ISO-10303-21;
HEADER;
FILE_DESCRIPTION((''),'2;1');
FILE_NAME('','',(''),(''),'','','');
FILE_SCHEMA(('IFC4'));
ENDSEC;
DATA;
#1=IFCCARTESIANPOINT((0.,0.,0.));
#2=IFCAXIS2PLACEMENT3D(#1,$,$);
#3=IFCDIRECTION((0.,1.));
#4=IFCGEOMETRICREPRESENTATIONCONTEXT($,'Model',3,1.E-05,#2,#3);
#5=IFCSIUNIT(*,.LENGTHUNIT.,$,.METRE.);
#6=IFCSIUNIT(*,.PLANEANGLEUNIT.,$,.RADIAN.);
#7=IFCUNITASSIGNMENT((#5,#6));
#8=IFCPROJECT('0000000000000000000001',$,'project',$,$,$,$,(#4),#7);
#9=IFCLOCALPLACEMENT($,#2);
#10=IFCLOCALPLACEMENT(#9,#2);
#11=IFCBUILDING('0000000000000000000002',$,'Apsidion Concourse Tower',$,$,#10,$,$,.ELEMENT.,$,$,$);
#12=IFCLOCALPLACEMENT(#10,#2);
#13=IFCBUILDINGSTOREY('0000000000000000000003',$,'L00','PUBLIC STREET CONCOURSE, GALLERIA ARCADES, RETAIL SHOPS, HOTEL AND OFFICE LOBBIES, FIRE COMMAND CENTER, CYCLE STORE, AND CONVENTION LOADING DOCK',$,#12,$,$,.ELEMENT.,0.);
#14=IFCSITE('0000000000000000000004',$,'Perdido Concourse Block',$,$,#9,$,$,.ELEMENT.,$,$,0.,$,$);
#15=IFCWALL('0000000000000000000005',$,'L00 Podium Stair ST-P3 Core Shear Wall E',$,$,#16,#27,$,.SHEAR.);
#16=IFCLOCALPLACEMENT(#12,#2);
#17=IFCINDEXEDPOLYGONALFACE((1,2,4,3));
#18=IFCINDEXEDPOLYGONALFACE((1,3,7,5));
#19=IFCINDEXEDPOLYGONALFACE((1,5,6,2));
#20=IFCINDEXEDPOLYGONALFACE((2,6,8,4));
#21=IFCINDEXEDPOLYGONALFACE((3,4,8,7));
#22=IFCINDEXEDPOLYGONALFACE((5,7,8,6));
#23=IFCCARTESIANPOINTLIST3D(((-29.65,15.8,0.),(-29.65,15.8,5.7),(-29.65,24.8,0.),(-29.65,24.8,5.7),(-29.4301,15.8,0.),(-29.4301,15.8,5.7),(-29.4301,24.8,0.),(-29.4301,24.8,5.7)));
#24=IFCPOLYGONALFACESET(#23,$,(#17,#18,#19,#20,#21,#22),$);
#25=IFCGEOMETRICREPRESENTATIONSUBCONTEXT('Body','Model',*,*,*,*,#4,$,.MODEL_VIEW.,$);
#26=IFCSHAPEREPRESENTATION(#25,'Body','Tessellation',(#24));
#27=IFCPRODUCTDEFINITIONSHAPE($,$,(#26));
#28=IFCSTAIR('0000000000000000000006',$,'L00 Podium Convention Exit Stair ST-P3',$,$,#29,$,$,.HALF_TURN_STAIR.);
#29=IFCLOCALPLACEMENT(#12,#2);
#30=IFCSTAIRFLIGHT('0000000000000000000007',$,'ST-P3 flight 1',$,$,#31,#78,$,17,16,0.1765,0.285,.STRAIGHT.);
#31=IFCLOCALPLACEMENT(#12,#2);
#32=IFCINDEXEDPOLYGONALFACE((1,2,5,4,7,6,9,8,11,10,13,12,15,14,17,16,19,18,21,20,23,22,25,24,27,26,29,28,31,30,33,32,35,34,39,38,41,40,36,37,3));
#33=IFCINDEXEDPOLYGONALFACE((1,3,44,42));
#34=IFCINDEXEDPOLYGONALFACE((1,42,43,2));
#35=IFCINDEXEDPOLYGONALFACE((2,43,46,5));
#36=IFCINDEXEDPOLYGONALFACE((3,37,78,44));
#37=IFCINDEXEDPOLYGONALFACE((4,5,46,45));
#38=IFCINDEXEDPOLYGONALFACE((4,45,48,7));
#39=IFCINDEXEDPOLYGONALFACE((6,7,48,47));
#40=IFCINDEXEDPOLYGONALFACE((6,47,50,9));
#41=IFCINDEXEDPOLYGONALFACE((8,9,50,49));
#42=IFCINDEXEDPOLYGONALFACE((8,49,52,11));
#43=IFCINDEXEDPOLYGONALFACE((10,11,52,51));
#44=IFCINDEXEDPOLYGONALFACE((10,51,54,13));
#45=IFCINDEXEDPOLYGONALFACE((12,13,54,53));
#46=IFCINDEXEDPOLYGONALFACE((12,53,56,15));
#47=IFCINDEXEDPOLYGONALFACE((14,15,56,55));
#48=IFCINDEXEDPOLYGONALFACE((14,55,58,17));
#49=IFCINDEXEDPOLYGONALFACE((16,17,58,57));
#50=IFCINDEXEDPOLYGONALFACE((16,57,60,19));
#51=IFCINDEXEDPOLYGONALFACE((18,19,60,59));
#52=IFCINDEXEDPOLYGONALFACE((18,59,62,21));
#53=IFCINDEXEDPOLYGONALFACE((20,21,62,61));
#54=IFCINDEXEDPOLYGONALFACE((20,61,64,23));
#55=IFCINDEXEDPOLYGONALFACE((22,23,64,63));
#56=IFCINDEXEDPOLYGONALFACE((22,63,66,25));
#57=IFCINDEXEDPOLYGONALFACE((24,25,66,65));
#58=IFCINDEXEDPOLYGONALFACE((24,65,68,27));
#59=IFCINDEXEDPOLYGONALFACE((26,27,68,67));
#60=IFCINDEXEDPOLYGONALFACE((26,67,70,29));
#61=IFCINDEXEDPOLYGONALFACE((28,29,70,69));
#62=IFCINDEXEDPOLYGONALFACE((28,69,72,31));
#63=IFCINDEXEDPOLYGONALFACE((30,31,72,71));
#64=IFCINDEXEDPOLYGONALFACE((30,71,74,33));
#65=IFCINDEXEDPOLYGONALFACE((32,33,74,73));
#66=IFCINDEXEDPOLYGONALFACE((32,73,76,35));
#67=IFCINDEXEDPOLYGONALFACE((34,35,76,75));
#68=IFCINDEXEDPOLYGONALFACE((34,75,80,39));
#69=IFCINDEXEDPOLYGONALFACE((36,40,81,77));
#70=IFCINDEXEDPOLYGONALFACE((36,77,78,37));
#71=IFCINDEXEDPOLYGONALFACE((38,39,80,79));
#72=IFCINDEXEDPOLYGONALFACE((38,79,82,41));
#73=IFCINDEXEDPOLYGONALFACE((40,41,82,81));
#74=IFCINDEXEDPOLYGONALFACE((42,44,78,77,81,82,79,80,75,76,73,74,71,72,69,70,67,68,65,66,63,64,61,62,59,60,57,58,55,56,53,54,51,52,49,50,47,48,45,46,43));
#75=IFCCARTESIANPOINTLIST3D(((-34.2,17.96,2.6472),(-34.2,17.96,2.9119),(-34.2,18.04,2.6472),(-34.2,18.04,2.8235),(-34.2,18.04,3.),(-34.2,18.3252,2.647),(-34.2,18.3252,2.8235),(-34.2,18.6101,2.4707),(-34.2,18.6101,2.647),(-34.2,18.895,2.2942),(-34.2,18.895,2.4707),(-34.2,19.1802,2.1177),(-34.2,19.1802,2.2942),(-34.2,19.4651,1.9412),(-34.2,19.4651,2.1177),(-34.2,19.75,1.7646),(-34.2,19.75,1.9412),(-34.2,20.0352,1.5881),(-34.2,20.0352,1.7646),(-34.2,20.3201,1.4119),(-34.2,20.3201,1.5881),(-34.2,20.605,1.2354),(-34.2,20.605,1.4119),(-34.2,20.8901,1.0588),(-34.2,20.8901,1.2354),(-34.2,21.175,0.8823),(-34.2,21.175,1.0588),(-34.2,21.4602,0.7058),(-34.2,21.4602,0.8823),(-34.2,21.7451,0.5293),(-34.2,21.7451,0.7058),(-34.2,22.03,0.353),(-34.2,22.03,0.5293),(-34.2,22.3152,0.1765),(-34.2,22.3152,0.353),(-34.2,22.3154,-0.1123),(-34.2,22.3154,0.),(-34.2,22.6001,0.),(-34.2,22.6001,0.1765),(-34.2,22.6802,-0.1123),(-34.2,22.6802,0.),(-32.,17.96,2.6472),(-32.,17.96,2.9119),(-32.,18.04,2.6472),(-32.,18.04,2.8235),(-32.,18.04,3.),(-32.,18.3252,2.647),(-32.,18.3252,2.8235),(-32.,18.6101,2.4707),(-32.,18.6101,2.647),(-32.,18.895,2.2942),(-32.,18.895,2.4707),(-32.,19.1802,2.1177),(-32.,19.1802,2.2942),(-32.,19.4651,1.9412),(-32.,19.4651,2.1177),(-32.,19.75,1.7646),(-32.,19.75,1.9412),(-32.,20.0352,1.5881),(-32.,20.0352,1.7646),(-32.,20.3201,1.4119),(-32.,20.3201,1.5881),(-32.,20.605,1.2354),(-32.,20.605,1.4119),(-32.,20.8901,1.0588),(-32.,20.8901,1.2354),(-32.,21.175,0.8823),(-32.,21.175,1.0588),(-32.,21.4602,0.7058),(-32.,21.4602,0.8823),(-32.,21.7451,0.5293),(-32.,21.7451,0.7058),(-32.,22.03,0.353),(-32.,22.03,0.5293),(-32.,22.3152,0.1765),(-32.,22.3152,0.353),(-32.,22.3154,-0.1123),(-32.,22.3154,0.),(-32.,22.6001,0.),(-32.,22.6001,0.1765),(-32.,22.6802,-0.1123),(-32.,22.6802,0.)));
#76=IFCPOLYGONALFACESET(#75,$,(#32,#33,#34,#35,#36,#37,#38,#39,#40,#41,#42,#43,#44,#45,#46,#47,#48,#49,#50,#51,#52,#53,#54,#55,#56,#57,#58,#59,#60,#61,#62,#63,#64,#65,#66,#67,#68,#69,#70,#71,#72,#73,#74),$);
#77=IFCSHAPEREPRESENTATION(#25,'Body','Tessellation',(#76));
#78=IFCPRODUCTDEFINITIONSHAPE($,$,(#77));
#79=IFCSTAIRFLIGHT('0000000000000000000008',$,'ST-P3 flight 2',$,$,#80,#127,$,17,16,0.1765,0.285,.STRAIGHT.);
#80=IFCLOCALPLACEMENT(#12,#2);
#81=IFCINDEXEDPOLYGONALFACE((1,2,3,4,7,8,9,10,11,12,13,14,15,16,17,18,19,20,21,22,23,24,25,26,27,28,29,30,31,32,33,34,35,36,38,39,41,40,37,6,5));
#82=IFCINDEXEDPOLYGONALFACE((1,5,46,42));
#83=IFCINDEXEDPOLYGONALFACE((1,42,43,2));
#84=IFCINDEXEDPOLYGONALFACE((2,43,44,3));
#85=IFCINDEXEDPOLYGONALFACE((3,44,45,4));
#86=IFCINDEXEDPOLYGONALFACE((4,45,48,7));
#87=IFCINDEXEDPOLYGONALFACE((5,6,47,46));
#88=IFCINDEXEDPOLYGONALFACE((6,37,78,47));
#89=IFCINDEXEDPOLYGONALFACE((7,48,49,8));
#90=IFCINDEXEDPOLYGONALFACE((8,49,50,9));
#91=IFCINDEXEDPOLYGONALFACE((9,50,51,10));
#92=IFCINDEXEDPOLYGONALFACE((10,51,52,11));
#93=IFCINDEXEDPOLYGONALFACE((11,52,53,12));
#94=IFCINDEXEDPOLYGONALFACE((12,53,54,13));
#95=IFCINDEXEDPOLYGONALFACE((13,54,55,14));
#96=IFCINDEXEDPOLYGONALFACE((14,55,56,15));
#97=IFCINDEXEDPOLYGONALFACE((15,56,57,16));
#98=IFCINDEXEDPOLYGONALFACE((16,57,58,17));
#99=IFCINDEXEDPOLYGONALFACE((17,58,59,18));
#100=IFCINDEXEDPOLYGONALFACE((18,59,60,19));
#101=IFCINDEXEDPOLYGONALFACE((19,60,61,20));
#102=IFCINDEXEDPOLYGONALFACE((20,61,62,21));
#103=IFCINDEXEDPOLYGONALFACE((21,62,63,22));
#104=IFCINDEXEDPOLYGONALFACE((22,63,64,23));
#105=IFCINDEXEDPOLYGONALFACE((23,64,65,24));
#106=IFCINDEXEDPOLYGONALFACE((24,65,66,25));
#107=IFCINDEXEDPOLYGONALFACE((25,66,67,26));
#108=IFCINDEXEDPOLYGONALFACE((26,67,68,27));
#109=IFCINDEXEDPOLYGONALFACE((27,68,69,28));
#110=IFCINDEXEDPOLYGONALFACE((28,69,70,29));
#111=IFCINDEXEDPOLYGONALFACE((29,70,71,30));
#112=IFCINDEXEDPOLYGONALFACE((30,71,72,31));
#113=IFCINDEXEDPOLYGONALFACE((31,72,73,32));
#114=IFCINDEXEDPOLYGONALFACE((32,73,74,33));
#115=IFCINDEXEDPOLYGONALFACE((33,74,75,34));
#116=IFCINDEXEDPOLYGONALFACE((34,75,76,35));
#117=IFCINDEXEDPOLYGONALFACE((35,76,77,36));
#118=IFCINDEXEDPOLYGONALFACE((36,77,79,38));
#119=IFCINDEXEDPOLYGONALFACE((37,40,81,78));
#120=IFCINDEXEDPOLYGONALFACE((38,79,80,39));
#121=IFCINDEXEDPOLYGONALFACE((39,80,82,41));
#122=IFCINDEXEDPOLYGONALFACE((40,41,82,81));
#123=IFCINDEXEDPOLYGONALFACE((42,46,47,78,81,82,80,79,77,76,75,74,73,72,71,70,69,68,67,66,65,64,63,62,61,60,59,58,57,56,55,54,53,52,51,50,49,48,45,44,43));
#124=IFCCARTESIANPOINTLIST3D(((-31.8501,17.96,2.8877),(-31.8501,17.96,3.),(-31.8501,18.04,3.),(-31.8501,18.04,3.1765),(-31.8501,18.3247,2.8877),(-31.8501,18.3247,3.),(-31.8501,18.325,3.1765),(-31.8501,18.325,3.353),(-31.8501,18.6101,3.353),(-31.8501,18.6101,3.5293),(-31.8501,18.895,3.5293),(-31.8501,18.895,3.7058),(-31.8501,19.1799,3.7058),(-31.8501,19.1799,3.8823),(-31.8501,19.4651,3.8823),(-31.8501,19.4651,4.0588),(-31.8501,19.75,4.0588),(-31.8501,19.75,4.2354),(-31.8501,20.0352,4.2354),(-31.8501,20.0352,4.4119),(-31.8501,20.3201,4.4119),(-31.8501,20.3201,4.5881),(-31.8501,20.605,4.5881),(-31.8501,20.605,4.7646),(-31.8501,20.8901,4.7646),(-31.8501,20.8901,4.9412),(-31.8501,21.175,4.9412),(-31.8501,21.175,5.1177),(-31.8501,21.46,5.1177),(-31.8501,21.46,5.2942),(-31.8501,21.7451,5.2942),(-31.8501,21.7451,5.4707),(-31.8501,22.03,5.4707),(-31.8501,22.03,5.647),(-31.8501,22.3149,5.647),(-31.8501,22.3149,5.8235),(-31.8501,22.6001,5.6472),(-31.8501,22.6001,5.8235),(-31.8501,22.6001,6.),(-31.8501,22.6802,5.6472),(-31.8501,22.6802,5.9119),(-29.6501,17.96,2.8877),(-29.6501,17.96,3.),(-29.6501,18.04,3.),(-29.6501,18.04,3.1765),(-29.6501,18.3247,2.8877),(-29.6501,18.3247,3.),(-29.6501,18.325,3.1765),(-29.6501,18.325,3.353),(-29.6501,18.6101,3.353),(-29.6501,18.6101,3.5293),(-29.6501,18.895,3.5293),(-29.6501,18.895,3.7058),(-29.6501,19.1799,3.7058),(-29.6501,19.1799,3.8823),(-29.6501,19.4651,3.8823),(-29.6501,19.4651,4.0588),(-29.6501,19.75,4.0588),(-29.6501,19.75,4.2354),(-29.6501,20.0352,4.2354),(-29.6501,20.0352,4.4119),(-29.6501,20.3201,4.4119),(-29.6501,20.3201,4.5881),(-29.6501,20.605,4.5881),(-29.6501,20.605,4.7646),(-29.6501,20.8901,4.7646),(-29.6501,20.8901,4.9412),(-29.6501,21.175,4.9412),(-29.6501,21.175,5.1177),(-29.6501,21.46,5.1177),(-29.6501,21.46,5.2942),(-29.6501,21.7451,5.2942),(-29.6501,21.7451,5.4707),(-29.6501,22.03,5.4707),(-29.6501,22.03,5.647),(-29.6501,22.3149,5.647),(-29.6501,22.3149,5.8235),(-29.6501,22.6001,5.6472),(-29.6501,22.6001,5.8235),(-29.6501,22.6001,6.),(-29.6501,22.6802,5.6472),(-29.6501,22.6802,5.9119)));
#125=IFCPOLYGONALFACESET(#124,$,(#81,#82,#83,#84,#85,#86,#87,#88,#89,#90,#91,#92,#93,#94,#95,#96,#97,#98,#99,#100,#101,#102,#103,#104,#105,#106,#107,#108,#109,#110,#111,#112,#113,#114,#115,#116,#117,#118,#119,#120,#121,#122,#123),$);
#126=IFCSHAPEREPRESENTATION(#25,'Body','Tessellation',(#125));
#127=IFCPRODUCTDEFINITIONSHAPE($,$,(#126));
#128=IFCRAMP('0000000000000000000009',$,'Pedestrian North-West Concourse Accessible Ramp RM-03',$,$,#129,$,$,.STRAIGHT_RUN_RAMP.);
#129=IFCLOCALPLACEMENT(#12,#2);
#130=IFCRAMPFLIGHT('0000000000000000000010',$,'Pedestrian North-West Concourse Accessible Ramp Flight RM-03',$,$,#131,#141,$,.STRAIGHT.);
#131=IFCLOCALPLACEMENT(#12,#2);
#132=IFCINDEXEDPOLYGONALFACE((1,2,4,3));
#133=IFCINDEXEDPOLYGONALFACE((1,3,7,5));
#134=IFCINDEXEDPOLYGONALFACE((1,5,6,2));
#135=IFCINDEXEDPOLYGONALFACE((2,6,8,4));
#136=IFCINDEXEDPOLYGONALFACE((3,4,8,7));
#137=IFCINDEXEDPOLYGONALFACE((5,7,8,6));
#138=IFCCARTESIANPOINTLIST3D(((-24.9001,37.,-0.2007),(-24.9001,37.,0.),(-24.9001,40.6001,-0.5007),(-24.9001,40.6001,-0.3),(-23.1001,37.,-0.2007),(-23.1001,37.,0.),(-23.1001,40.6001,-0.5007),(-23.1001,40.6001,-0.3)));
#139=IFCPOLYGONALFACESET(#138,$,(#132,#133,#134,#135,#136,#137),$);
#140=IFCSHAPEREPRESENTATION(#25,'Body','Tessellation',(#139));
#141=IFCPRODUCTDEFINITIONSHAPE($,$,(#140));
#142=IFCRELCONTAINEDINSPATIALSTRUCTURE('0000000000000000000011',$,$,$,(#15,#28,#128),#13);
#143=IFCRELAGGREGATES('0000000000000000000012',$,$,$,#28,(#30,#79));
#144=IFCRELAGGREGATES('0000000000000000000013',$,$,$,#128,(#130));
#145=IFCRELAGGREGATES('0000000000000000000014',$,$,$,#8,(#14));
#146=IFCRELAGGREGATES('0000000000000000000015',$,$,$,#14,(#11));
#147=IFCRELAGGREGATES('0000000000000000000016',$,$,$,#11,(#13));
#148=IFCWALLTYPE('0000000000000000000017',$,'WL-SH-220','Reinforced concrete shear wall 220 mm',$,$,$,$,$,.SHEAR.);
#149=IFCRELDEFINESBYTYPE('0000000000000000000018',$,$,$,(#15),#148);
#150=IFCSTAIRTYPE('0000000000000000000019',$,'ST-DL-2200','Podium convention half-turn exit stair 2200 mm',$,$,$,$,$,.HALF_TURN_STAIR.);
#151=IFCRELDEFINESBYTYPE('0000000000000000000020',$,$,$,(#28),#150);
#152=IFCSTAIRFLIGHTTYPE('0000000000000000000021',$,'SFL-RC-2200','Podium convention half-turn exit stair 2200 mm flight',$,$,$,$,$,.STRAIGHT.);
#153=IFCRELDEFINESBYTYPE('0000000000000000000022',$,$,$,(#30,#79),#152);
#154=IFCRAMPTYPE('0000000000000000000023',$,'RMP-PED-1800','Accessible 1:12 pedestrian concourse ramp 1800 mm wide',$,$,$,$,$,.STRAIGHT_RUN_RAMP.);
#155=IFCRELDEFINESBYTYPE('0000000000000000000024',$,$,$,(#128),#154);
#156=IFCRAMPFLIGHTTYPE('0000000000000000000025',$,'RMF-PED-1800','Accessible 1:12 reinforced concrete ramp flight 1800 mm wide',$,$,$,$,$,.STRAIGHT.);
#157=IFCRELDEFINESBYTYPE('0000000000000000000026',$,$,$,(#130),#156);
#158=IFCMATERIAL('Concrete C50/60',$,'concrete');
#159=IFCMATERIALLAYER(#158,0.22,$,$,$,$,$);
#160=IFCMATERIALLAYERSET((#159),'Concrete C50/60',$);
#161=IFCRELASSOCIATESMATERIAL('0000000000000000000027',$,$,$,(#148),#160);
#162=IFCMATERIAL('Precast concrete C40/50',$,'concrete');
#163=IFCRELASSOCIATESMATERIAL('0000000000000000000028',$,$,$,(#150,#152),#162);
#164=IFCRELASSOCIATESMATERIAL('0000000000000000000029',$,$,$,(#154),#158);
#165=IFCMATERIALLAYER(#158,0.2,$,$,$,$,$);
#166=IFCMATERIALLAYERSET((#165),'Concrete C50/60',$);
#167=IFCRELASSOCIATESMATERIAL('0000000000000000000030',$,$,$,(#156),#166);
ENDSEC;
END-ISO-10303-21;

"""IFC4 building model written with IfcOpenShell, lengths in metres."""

from ifc_helpers import new_model, si_unit, direction, frame, frame_2d, origin, place, context, subcontext, project, spatial, polyline, rectangle, outline, extrude, material, layer, layer_set, type_object, element, aggregate, save


model = new_model("IFC4")

# Units and contexts
model_context = context("Model", 3, precision=1e-05, world=origin(), true_north=direction((0.0, 1.0)))
body_context = subcontext(model_context, "Body", "Model", "MODEL_VIEW")
ifc_project = project(units=[si_unit("LENGTHUNIT", "METRE"), si_unit("PLANEANGLEUNIT", "RADIAN")], contexts=[model_context])

# Site, building, storey
site_placement = place(None, origin())
site = spatial("IfcSite", under=ifc_project, at=site_placement, Name="Perdido Concourse Block", CompositionType="ELEMENT", RefElevation=0.0)
building_placement = place(site_placement, origin())
building = spatial("IfcBuilding", under=site, at=building_placement, Name="Apsidion Concourse Tower", CompositionType="ELEMENT")
storey_placement = place(building_placement, origin())
storey = spatial("IfcBuildingStorey", under=building, at=storey_placement, Name="L00", Description="PUBLIC STREET CONCOURSE, GALLERIA ARCADES, RETAIL SHOPS, HOTEL AND OFFICE LOBBIES, FIRE COMMAND CENTER, CYCLE STORE, AND CONVENTION LOADING DOCK", CompositionType="ELEMENT", Elevation=0.0)

# Shared definitions
ifc_material_1 = material(Name="Precast concrete C40/50", Category="concrete")

# Shared definitions
ifc_material_2 = material(Name="Concrete C50/60", Category="concrete")
ifc_layer_1 = layer(ifc_material_2, 0.22)
ifc_layer_set_1 = layer_set([ifc_layer_1], Name="Concrete C50/60")
wall_type_1 = type_object("IfcWallType", Name="WL-SH-220", Description="Reinforced concrete shear wall 220 mm", PredefinedType="SHEAR", material=ifc_layer_set_1)

# Wall
wall_1_placement = place(storey_placement, frame((-29.54, 24.8, 0.0), z_axis=(0.0, 0.0, 1.0), x_axis=(0.0, -1.0, 0.0)))
element("IfcWall", 1, at=wall_1_placement, inside=storey, type_object=wall_type_1, Name="L00 Podium Stair ST-P3 Core Shear Wall E", PredefinedType="SHEAR", context=body_context, shape_type="SweptSolid", body=[
    extrude(rectangle(XDim=9.0, YDim=0.22, at=frame_2d((4.5, 0.0))), origin(), (0.0, 0.0, 1.0), 5.7),
])

# Stair, stair flights
stair_type = type_object("IfcStairType", Name="ST-DL-2200", Description="Podium convention half-turn exit stair 2200 mm", PredefinedType="HALF_TURN_STAIR", material=ifc_material_1)
stair_placement = place(storey_placement, origin())
stair = element("IfcStair", 2, at=stair_placement, inside=storey, type_object=stair_type, Name="L00 Podium Convention Exit Stair ST-P3", PredefinedType="HALF_TURN_STAIR")
stair_flight_type = type_object("IfcStairFlightType", Name="SFL-RC-2200", Description="Podium convention half-turn exit stair 2200 mm flight", PredefinedType="STRAIGHT", material=ifc_material_1)
stair_flight_1_placement = place(storey_placement, frame((-33.1001, 22.6001, 0.0), z_axis=(0.0, 0.0, 1.0), x_axis=(0.0, -1.0, 0.0)))
stair_flight_1 = element("IfcStairFlight", 3, at=stair_flight_1_placement, type_object=stair_flight_type, Name="ST-P3 flight 1", NumberOfRisers=17, NumberOfTreads=16, PredefinedType="STRAIGHT", RiserHeight=0.1765, TreadLength=0.285, context=body_context, shape_type="SweptSolid", body=[
    extrude(outline(polyline([(-0.0801, -0.1123), (-0.0801, 0.0), (0.0, 0.0), (0.0, 0.1765), (0.2849, 0.1765), (0.2849, 0.353), (0.5701, 0.353), (0.5701, 0.5293), (0.855, 0.5293), (0.855, 0.7058), (1.1399, 0.7058), (1.1399, 0.8823), (1.425, 0.8823), (1.425, 1.0588), (1.71, 1.0588), (1.71, 1.2354), (1.9951, 1.2354), (1.9951, 1.4119), (2.28, 1.4119), (2.28, 1.5881), (2.5649, 1.5881), (2.5649, 1.7646), (2.8501, 1.7646), (2.8501, 1.9412), (3.135, 1.9412), (3.135, 2.1177), (3.4199, 2.1177), (3.4199, 2.2942), (3.7051, 2.2942), (3.7051, 2.4707), (3.99, 2.4707), (3.99, 2.647), (4.2749, 2.647), (4.2749, 2.8235), (4.5601, 2.8235), (4.5601, 3.0), (4.6401, 2.9119), (4.6401, 2.6472), (4.5601, 2.6472), (0.2847, 0.0), (0.2847, -0.1123), (-0.0801, -0.1123)])), frame((0.0, 1.1001, 0.0), z_axis=(0.0, -1.0, 0.0), x_axis=(1.0, 0.0, 0.0)), (0.0, 0.0, 1.0), 2.2),
])
stair_flight_2_placement = place(storey_placement, frame((-30.75, 18.04, 3.0), z_axis=(0.0, 0.0, 1.0), x_axis=(0.0, 1.0, 0.0)))
stair_flight_2 = element("IfcStairFlight", 4, at=stair_flight_2_placement, type_object=stair_flight_type, Name="ST-P3 flight 2", NumberOfRisers=17, NumberOfTreads=16, PredefinedType="STRAIGHT", RiserHeight=0.1765, TreadLength=0.285, context=body_context, shape_type="SweptSolid", body=[
    extrude(outline(polyline([(-0.0801, -0.1123), (-0.0801, 0.0), (0.0, 0.0), (0.0, 0.1765), (0.2849, 0.1765), (0.2849, 0.353), (0.5701, 0.353), (0.5701, 0.5293), (0.855, 0.5293), (0.855, 0.7058), (1.1399, 0.7058), (1.1399, 0.8823), (1.425, 0.8823), (1.425, 1.0588), (1.71, 1.0588), (1.71, 1.2354), (1.9951, 1.2354), (1.9951, 1.4119), (2.28, 1.4119), (2.28, 1.5881), (2.5649, 1.5881), (2.5649, 1.7646), (2.8501, 1.7646), (2.8501, 1.9412), (3.135, 1.9412), (3.135, 2.1177), (3.4199, 2.1177), (3.4199, 2.2942), (3.7051, 2.2942), (3.7051, 2.4707), (3.99, 2.4707), (3.99, 2.647), (4.2749, 2.647), (4.2749, 2.8235), (4.5601, 2.8235), (4.5601, 3.0), (4.6401, 2.9119), (4.6401, 2.6472), (4.5601, 2.6472), (0.2847, 0.0), (0.2847, -0.1123), (-0.0801, -0.1123)])), frame((0.0, 1.1001, 0.0), z_axis=(0.0, -1.0, 0.0), x_axis=(1.0, 0.0, 0.0)), (0.0, 0.0, 1.0), 2.2),
])
aggregate(stair, [stair_flight_1, stair_flight_2])

# Ramp, ramp flight
ramp_type = type_object("IfcRampType", Name="RMP-PED-1800", Description="Accessible 1:12 pedestrian concourse ramp 1800 mm wide", PredefinedType="STRAIGHT_RUN_RAMP", material=ifc_material_2)
ramp_placement = place(storey_placement, origin())
ramp = element("IfcRamp", 5, at=ramp_placement, inside=storey, type_object=ramp_type, Name="Pedestrian North-West Concourse Accessible Ramp RM-03", PredefinedType="STRAIGHT_RUN_RAMP")
ifc_layer_2 = layer(ifc_material_2, 0.2)
ifc_layer_set_2 = layer_set([ifc_layer_2], Name="Concrete C50/60")
ramp_flight_type = type_object("IfcRampFlightType", Name="RMF-PED-1800", Description="Accessible 1:12 reinforced concrete ramp flight 1800 mm wide", PredefinedType="STRAIGHT", material=ifc_layer_set_2)
ramp_flight_placement = place(storey_placement, frame((-24.0, 40.6001, -0.3), z_axis=(0.0, 0.0, 1.0), x_axis=(0.0, -1.0, 0.0)))
ramp_flight = element("IfcRampFlight", 6, at=ramp_flight_placement, type_object=ramp_flight_type, Name="Pedestrian North-West Concourse Accessible Ramp Flight RM-03", PredefinedType="STRAIGHT", context=body_context, shape_type="SweptSolid", body=[
    extrude(outline(polyline([(0.0, 0.0), (3.6001, 0.3), (3.6001, 0.0994), (0.0, -0.2007), (0.0, 0.0)])), frame((0.0, 0.8999, 0.0), z_axis=(0.0, -1.0, 0.0), x_axis=(1.0, 0.0, 0.0)), (0.0, 0.0, 1.0), 1.8),
])
aggregate(ramp, [ramp_flight])

save(model, "model.ifc")
